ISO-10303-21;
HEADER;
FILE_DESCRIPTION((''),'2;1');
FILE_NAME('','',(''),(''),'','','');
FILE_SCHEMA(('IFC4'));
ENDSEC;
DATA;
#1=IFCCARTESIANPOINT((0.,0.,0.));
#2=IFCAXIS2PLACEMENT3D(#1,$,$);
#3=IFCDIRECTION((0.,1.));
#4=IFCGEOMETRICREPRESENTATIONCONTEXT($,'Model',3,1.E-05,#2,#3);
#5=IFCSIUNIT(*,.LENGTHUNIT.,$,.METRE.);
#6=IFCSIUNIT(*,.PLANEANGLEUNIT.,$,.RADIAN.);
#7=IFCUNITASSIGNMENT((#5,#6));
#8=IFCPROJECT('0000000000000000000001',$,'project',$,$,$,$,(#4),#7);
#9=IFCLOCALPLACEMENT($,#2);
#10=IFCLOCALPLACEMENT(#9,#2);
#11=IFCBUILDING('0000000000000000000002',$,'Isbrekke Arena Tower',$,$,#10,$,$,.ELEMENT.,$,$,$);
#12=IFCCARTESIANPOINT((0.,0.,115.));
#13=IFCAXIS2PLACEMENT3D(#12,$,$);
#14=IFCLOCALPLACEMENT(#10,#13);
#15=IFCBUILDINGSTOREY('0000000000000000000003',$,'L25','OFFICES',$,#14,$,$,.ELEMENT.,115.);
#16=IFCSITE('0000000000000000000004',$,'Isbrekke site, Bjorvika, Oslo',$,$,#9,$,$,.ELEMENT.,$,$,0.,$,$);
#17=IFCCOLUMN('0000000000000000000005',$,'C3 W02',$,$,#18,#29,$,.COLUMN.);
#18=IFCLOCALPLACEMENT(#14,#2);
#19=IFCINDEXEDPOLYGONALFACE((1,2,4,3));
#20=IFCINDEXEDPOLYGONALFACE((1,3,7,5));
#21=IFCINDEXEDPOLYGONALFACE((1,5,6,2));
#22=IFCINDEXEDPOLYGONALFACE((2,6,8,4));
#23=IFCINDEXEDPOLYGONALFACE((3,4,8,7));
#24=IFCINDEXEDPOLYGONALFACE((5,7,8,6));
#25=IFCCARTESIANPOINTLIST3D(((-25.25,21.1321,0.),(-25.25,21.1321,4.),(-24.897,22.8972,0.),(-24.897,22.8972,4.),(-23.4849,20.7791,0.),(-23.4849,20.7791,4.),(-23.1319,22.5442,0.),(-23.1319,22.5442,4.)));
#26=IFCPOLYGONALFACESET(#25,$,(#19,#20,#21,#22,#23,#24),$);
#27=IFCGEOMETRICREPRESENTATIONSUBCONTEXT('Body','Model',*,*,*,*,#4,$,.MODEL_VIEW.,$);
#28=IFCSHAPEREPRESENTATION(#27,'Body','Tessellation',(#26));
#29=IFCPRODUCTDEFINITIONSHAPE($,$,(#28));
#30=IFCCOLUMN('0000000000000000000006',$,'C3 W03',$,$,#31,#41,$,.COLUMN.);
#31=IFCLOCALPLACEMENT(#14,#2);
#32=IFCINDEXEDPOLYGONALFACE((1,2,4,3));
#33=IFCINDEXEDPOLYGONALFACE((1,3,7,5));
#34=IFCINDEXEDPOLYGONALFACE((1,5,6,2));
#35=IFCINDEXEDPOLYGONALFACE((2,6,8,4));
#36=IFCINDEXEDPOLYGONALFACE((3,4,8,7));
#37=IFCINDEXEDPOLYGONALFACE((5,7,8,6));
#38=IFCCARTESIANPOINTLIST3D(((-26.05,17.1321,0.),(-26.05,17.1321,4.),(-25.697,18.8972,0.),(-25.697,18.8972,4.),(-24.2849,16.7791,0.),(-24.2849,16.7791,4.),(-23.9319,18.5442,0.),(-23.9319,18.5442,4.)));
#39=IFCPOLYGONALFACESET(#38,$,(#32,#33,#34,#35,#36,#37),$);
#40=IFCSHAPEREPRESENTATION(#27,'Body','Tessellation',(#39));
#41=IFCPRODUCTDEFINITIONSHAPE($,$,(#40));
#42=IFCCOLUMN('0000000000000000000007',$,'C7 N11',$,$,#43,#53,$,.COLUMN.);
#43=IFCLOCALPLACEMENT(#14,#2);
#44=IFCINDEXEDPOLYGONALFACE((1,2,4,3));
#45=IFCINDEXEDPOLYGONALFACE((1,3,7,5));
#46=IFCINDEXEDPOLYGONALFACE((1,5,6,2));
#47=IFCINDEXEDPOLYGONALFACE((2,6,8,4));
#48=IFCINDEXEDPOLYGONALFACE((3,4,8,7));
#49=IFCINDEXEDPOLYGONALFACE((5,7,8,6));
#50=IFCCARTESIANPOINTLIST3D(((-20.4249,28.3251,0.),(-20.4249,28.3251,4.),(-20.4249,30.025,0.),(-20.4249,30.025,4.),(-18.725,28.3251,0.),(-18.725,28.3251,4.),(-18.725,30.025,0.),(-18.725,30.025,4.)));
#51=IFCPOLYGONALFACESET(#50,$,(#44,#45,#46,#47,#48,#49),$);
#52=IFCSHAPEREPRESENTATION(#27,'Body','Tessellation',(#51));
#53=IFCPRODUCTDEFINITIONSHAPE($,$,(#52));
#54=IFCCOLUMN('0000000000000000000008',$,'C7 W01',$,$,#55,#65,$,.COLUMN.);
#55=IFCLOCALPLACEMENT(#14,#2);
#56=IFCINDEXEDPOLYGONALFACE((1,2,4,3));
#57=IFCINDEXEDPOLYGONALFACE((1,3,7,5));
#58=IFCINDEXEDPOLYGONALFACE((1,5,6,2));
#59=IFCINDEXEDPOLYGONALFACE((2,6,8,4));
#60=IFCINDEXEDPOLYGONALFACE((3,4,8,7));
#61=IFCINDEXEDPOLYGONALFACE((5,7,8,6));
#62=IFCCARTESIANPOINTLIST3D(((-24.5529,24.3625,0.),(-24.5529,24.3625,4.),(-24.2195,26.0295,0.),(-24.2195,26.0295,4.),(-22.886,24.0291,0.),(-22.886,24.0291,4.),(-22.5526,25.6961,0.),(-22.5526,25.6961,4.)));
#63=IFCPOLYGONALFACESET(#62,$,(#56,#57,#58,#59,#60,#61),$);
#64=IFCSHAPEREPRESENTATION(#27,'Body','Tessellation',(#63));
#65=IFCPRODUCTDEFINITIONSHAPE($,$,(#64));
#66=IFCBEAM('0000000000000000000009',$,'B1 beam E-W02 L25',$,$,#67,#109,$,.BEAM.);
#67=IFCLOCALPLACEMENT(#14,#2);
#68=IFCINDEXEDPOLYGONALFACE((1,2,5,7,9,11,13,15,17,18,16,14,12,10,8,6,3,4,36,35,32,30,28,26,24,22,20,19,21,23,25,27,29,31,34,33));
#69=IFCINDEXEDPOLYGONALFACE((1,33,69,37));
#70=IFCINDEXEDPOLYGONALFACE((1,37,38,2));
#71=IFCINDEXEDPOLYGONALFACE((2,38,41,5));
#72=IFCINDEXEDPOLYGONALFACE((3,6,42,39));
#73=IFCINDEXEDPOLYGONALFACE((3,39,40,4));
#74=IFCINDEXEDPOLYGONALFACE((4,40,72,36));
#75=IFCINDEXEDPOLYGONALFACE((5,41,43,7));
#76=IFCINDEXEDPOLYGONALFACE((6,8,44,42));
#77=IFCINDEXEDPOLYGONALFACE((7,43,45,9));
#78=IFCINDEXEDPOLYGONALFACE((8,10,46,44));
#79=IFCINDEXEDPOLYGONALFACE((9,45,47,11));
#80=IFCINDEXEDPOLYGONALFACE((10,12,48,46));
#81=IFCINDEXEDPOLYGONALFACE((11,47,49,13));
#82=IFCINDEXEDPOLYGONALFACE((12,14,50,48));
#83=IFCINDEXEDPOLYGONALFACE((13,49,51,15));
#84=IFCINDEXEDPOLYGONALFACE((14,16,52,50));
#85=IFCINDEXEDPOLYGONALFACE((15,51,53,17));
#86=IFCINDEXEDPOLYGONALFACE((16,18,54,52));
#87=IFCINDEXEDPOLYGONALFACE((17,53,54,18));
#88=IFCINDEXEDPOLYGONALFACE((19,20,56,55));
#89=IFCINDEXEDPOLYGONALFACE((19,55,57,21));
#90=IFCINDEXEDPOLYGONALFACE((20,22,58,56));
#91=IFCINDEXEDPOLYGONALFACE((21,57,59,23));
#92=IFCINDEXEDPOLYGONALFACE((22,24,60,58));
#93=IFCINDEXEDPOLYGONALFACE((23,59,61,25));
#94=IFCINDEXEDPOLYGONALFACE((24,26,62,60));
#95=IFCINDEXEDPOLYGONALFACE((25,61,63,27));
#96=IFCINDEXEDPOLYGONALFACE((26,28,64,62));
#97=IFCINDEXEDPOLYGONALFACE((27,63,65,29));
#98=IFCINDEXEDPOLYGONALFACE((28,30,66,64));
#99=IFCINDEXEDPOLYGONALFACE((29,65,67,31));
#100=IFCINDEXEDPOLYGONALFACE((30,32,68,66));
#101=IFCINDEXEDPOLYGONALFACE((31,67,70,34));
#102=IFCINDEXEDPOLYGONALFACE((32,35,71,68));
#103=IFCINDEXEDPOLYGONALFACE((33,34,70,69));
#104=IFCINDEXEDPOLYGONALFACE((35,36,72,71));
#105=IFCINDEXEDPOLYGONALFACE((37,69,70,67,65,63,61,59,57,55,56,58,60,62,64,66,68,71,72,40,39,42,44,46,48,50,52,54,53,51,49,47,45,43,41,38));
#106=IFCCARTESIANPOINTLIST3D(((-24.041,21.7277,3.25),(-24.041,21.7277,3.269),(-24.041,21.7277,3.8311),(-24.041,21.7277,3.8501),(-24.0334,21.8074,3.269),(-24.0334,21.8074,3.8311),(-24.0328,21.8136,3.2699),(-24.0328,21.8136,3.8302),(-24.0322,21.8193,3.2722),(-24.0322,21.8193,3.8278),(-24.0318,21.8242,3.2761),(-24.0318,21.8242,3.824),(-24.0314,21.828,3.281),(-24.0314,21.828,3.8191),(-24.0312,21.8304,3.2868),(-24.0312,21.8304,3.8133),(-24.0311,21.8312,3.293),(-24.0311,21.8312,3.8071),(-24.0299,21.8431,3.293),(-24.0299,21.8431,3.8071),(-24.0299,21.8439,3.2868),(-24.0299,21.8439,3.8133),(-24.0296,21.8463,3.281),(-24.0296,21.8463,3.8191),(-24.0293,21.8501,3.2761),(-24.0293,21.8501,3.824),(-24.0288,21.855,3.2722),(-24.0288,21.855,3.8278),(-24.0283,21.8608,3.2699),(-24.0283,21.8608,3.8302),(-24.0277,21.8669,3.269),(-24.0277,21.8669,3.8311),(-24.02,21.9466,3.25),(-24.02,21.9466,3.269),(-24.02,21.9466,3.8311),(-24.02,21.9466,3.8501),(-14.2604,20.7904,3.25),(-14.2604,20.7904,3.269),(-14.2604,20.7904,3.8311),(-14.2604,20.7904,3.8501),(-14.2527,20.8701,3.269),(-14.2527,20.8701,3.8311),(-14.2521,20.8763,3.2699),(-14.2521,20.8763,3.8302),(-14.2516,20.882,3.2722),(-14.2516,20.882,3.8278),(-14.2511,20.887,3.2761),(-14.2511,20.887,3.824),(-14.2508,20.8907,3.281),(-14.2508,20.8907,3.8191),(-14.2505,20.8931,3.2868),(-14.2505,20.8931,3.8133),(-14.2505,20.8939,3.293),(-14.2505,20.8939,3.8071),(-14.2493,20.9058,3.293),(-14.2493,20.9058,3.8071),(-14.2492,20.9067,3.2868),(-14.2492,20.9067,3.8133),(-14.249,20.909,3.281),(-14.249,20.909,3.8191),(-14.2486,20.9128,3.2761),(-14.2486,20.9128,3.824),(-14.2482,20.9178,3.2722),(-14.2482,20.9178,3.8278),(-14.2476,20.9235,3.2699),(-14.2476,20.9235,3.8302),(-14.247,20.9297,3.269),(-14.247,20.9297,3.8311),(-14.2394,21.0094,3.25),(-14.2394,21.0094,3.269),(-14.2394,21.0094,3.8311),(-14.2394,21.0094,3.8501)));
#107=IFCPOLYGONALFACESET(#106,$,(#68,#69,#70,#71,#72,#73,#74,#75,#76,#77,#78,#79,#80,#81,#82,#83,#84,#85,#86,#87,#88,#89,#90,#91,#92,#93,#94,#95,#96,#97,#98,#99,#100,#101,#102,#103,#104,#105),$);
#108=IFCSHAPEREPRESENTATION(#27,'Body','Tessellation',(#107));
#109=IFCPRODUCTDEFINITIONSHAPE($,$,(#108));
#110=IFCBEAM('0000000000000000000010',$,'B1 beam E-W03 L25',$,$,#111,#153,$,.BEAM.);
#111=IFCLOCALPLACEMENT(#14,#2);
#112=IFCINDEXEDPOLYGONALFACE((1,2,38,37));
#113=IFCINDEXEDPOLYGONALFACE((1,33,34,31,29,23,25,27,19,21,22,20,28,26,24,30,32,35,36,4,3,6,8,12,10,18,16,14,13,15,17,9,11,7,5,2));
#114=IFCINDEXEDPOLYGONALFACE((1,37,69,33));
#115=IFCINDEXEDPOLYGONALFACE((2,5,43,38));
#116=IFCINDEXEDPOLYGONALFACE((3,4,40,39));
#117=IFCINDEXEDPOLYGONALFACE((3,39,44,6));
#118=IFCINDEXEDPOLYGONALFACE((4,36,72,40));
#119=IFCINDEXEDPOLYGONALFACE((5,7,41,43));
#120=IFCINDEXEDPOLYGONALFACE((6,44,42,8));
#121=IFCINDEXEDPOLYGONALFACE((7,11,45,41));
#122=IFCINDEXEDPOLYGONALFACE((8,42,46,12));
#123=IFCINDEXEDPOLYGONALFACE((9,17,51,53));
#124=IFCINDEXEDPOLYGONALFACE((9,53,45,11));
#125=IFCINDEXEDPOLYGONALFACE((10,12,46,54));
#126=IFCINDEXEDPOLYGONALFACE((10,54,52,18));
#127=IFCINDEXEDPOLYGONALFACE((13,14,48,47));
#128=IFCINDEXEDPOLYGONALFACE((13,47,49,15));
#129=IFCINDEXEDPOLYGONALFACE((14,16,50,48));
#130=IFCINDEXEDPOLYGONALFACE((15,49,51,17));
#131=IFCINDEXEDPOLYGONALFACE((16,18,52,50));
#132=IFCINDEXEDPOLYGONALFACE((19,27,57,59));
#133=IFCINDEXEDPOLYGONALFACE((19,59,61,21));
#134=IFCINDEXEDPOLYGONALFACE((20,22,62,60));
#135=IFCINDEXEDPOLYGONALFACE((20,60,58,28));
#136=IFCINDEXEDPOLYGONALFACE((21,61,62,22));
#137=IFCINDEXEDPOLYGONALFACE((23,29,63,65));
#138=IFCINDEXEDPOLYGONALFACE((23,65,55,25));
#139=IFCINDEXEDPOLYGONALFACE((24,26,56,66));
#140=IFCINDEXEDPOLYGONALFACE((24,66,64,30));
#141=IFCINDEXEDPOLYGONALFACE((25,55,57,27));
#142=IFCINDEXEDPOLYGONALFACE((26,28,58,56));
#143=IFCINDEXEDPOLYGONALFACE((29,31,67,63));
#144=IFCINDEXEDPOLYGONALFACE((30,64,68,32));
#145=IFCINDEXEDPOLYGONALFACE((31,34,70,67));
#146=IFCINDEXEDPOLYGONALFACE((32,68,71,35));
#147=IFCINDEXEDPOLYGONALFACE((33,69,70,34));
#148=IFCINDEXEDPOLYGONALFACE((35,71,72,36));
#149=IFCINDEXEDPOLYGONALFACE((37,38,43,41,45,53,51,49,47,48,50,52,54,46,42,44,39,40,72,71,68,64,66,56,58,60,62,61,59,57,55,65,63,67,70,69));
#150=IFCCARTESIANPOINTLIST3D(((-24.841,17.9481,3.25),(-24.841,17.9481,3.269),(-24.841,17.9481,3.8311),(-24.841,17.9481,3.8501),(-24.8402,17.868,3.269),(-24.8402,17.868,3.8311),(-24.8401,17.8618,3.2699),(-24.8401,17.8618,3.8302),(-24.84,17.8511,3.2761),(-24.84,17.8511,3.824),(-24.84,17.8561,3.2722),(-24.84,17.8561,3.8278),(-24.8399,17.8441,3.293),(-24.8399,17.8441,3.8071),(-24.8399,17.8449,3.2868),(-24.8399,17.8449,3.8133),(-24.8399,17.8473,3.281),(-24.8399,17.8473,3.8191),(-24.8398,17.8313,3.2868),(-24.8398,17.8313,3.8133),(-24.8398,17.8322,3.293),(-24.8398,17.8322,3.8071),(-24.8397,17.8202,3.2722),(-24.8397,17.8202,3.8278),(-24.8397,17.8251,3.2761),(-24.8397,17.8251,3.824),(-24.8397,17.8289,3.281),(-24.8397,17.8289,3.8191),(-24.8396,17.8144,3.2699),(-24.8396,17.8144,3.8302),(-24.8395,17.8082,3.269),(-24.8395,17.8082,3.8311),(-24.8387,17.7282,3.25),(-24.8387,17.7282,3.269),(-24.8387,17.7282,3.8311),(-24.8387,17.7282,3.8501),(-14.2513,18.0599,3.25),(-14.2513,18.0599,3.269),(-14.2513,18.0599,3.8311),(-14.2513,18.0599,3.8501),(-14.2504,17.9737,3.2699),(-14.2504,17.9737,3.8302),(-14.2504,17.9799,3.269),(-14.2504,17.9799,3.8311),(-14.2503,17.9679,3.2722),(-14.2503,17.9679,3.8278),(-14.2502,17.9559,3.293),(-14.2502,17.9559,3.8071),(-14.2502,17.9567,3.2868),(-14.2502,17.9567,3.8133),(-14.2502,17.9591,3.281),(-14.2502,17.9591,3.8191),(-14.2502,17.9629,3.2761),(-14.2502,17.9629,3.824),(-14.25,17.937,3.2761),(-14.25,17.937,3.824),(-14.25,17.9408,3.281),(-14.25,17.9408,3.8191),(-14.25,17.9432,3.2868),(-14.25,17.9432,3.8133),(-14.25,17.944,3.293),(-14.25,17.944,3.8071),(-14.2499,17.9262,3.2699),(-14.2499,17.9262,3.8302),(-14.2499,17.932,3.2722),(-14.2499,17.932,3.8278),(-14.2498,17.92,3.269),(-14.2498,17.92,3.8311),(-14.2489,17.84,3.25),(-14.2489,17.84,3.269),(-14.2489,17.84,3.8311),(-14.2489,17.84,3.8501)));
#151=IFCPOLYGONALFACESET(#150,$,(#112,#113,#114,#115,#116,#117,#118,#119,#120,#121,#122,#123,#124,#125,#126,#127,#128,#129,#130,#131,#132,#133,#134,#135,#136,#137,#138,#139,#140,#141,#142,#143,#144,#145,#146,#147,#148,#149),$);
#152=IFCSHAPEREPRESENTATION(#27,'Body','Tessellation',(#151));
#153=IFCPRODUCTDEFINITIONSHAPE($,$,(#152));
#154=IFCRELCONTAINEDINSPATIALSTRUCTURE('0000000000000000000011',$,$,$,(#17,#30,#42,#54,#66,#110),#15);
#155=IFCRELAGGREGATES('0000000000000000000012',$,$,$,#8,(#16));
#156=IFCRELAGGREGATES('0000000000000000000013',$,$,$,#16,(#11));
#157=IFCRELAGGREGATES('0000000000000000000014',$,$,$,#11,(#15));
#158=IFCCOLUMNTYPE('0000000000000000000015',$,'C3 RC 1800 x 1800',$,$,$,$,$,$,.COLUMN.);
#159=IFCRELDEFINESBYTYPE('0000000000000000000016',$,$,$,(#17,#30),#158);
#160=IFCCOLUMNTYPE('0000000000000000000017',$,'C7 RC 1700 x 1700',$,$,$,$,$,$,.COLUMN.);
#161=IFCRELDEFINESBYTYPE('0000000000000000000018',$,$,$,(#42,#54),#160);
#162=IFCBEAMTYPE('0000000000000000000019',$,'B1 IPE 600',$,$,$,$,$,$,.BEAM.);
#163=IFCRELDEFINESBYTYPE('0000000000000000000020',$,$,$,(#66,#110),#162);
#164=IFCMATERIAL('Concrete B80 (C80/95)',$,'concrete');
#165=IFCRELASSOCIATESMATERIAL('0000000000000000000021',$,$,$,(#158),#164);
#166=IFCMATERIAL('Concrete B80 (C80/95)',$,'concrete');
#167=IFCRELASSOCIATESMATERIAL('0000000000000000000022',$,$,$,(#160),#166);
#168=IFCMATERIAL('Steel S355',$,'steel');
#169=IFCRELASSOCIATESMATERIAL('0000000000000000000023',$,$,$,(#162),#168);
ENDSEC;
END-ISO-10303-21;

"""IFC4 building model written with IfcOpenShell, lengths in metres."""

from ifc_helpers import new_model, si_unit, direction, frame, origin, origin_2d, place, context, subcontext, project, spatial, rectangle, i_section, extrude, material, material_profile, profile_set, type_object, element, save


model = new_model("IFC4")

# Units and contexts
model_context = context("Model", 3, precision=1e-05, world=origin(), true_north=direction((0.0, 1.0)))
body_context = subcontext(model_context, "Body", "Model", "MODEL_VIEW")
ifc_project = project(units=[si_unit("LENGTHUNIT", "METRE"), si_unit("PLANEANGLEUNIT", "RADIAN")], contexts=[model_context])

# Site, building, storey
site_placement = place(None, origin())
site = spatial("IfcSite", under=ifc_project, at=site_placement, Name="Isbrekke site, Bjorvika, Oslo", CompositionType="ELEMENT", RefElevation=0.0)
building_placement = place(site_placement, origin())
building = spatial("IfcBuilding", under=site, at=building_placement, Name="Isbrekke Arena Tower", CompositionType="ELEMENT")
storey_placement = place(building_placement, frame((0.0, 0.0, 115.0)))
storey = spatial("IfcBuildingStorey", under=building, at=storey_placement, Name="L25", Description="OFFICES", CompositionType="ELEMENT", Elevation=115.0)

# Columns
ifc_material_1 = material(Name="Concrete B80 (C80/95)", Category="concrete")
ifc_material_profile_1 = material_profile(ifc_material_1, rectangle(XDim=1.8, YDim=1.8, at=origin_2d()), Name="RC 1800x1800")
ifc_profile_set_1 = profile_set([ifc_material_profile_1], Name="Concrete B80 (C80/95)")
column_type_1 = type_object("IfcColumnType", Name="C3 RC 1800 x 1800", PredefinedType="COLUMN", material=ifc_profile_set_1)
for number, where, z_axis, x_axis, name in (
    (1, (-24.1909, 21.8381, 0.0), (0.0, 0.0, 1.0), (-0.196116, -0.980581, 0.0), "C3 W02"),
    (2, (-24.991, 17.8381, 0.0), (0.0, 0.0, 1.0), (-0.196116, -0.980581, 0.0), "C3 W03"),
):
    element("IfcColumn", number, at=place(storey_placement, frame(where, z_axis=z_axis, x_axis=x_axis)), inside=storey, type_object=column_type_1, Name=name, PredefinedType="COLUMN", context=body_context, shape_type="SweptSolid", body=[
        extrude(rectangle(XDim=1.8, YDim=1.8, at=origin_2d()), origin(), (0.0, 0.0, 1.0), 4.0),
    ])
ifc_material_2 = material(Name="Concrete B80 (C80/95)", Category="concrete")
ifc_material_profile_2 = material_profile(ifc_material_2, rectangle(XDim=1.7, YDim=1.7, at=origin_2d()), Name="RC 1700x1700")
ifc_profile_set_2 = profile_set([ifc_material_profile_2], Name="Concrete B80 (C80/95)")
column_type_2 = type_object("IfcColumnType", Name="C7 RC 1700 x 1700", PredefinedType="COLUMN", material=ifc_profile_set_2)
for number, where, z_axis, x_axis, name in (
    (3, (-19.575, 29.175, 0.0), (0.0, 0.0, 1.0), (-1.0, 0.0, 0.0), "C7 N11"),
    (4, (-23.5527, 25.0293, 0.0), (0.0, 0.0, 1.0), (-0.196116, -0.980581, 0.0), "C7 W01"),
):
    element("IfcColumn", number, at=place(storey_placement, frame(where, z_axis=z_axis, x_axis=x_axis)), inside=storey, type_object=column_type_2, Name=name, PredefinedType="COLUMN", context=body_context, shape_type="SweptSolid", body=[
        extrude(rectangle(XDim=1.7, YDim=1.7, at=origin_2d()), origin(), (0.0, 0.0, 1.0), 4.0),
    ])

# Beams
ifc_material_3 = material(Name="Steel S355", Category="steel")
ifc_material_profile_3 = material_profile(ifc_material_3, i_section(OverallWidth=0.22, OverallDepth=0.6001, WebThickness=0.012, FlangeThickness=0.019, FilletRadius=0.0239, at=origin_2d()), Name="IPE 600")
ifc_profile_set_3 = profile_set([ifc_material_profile_3], Name="Steel S355")
beam_type_1 = type_object("IfcBeamType", Name="B1 IPE 600", PredefinedType="BEAM", material=ifc_profile_set_3)
beam_1_placement = place(storey_placement, frame((-24.0305, 21.8372, 3.55), z_axis=(0.99544, -0.095392, 0.0), x_axis=(0.095392, 0.99544, 0.0)))
element("IfcBeam", 5, at=beam_1_placement, inside=storey, type_object=beam_type_1, Name="B1 beam E-W02 L25", PredefinedType="BEAM", context=body_context, shape_type="SweptSolid", body=[
    extrude(i_section(OverallWidth=0.22, OverallDepth=0.6001, WebThickness=0.012, FlangeThickness=0.019, FilletRadius=0.0239, at=origin_2d()), origin(), (0.0, 0.0, 1.0), 9.8254),
])
beam_2_placement = place(storey_placement, frame((-24.8398, 17.8381, 3.55), z_axis=(0.999944, 0.010558, 0.0), x_axis=(-0.010558, 0.999944, 0.0)))
element("IfcBeam", 6, at=beam_2_placement, inside=storey, type_object=beam_type_1, Name="B1 beam E-W03 L25", PredefinedType="BEAM", context=body_context, shape_type="SweptSolid", body=[
    extrude(i_section(OverallWidth=0.22, OverallDepth=0.6001, WebThickness=0.012, FlangeThickness=0.019, FilletRadius=0.0239, at=origin_2d()), origin(), (0.0, 0.0, 1.0), 10.5903),
])

save(model, "model.ifc")
